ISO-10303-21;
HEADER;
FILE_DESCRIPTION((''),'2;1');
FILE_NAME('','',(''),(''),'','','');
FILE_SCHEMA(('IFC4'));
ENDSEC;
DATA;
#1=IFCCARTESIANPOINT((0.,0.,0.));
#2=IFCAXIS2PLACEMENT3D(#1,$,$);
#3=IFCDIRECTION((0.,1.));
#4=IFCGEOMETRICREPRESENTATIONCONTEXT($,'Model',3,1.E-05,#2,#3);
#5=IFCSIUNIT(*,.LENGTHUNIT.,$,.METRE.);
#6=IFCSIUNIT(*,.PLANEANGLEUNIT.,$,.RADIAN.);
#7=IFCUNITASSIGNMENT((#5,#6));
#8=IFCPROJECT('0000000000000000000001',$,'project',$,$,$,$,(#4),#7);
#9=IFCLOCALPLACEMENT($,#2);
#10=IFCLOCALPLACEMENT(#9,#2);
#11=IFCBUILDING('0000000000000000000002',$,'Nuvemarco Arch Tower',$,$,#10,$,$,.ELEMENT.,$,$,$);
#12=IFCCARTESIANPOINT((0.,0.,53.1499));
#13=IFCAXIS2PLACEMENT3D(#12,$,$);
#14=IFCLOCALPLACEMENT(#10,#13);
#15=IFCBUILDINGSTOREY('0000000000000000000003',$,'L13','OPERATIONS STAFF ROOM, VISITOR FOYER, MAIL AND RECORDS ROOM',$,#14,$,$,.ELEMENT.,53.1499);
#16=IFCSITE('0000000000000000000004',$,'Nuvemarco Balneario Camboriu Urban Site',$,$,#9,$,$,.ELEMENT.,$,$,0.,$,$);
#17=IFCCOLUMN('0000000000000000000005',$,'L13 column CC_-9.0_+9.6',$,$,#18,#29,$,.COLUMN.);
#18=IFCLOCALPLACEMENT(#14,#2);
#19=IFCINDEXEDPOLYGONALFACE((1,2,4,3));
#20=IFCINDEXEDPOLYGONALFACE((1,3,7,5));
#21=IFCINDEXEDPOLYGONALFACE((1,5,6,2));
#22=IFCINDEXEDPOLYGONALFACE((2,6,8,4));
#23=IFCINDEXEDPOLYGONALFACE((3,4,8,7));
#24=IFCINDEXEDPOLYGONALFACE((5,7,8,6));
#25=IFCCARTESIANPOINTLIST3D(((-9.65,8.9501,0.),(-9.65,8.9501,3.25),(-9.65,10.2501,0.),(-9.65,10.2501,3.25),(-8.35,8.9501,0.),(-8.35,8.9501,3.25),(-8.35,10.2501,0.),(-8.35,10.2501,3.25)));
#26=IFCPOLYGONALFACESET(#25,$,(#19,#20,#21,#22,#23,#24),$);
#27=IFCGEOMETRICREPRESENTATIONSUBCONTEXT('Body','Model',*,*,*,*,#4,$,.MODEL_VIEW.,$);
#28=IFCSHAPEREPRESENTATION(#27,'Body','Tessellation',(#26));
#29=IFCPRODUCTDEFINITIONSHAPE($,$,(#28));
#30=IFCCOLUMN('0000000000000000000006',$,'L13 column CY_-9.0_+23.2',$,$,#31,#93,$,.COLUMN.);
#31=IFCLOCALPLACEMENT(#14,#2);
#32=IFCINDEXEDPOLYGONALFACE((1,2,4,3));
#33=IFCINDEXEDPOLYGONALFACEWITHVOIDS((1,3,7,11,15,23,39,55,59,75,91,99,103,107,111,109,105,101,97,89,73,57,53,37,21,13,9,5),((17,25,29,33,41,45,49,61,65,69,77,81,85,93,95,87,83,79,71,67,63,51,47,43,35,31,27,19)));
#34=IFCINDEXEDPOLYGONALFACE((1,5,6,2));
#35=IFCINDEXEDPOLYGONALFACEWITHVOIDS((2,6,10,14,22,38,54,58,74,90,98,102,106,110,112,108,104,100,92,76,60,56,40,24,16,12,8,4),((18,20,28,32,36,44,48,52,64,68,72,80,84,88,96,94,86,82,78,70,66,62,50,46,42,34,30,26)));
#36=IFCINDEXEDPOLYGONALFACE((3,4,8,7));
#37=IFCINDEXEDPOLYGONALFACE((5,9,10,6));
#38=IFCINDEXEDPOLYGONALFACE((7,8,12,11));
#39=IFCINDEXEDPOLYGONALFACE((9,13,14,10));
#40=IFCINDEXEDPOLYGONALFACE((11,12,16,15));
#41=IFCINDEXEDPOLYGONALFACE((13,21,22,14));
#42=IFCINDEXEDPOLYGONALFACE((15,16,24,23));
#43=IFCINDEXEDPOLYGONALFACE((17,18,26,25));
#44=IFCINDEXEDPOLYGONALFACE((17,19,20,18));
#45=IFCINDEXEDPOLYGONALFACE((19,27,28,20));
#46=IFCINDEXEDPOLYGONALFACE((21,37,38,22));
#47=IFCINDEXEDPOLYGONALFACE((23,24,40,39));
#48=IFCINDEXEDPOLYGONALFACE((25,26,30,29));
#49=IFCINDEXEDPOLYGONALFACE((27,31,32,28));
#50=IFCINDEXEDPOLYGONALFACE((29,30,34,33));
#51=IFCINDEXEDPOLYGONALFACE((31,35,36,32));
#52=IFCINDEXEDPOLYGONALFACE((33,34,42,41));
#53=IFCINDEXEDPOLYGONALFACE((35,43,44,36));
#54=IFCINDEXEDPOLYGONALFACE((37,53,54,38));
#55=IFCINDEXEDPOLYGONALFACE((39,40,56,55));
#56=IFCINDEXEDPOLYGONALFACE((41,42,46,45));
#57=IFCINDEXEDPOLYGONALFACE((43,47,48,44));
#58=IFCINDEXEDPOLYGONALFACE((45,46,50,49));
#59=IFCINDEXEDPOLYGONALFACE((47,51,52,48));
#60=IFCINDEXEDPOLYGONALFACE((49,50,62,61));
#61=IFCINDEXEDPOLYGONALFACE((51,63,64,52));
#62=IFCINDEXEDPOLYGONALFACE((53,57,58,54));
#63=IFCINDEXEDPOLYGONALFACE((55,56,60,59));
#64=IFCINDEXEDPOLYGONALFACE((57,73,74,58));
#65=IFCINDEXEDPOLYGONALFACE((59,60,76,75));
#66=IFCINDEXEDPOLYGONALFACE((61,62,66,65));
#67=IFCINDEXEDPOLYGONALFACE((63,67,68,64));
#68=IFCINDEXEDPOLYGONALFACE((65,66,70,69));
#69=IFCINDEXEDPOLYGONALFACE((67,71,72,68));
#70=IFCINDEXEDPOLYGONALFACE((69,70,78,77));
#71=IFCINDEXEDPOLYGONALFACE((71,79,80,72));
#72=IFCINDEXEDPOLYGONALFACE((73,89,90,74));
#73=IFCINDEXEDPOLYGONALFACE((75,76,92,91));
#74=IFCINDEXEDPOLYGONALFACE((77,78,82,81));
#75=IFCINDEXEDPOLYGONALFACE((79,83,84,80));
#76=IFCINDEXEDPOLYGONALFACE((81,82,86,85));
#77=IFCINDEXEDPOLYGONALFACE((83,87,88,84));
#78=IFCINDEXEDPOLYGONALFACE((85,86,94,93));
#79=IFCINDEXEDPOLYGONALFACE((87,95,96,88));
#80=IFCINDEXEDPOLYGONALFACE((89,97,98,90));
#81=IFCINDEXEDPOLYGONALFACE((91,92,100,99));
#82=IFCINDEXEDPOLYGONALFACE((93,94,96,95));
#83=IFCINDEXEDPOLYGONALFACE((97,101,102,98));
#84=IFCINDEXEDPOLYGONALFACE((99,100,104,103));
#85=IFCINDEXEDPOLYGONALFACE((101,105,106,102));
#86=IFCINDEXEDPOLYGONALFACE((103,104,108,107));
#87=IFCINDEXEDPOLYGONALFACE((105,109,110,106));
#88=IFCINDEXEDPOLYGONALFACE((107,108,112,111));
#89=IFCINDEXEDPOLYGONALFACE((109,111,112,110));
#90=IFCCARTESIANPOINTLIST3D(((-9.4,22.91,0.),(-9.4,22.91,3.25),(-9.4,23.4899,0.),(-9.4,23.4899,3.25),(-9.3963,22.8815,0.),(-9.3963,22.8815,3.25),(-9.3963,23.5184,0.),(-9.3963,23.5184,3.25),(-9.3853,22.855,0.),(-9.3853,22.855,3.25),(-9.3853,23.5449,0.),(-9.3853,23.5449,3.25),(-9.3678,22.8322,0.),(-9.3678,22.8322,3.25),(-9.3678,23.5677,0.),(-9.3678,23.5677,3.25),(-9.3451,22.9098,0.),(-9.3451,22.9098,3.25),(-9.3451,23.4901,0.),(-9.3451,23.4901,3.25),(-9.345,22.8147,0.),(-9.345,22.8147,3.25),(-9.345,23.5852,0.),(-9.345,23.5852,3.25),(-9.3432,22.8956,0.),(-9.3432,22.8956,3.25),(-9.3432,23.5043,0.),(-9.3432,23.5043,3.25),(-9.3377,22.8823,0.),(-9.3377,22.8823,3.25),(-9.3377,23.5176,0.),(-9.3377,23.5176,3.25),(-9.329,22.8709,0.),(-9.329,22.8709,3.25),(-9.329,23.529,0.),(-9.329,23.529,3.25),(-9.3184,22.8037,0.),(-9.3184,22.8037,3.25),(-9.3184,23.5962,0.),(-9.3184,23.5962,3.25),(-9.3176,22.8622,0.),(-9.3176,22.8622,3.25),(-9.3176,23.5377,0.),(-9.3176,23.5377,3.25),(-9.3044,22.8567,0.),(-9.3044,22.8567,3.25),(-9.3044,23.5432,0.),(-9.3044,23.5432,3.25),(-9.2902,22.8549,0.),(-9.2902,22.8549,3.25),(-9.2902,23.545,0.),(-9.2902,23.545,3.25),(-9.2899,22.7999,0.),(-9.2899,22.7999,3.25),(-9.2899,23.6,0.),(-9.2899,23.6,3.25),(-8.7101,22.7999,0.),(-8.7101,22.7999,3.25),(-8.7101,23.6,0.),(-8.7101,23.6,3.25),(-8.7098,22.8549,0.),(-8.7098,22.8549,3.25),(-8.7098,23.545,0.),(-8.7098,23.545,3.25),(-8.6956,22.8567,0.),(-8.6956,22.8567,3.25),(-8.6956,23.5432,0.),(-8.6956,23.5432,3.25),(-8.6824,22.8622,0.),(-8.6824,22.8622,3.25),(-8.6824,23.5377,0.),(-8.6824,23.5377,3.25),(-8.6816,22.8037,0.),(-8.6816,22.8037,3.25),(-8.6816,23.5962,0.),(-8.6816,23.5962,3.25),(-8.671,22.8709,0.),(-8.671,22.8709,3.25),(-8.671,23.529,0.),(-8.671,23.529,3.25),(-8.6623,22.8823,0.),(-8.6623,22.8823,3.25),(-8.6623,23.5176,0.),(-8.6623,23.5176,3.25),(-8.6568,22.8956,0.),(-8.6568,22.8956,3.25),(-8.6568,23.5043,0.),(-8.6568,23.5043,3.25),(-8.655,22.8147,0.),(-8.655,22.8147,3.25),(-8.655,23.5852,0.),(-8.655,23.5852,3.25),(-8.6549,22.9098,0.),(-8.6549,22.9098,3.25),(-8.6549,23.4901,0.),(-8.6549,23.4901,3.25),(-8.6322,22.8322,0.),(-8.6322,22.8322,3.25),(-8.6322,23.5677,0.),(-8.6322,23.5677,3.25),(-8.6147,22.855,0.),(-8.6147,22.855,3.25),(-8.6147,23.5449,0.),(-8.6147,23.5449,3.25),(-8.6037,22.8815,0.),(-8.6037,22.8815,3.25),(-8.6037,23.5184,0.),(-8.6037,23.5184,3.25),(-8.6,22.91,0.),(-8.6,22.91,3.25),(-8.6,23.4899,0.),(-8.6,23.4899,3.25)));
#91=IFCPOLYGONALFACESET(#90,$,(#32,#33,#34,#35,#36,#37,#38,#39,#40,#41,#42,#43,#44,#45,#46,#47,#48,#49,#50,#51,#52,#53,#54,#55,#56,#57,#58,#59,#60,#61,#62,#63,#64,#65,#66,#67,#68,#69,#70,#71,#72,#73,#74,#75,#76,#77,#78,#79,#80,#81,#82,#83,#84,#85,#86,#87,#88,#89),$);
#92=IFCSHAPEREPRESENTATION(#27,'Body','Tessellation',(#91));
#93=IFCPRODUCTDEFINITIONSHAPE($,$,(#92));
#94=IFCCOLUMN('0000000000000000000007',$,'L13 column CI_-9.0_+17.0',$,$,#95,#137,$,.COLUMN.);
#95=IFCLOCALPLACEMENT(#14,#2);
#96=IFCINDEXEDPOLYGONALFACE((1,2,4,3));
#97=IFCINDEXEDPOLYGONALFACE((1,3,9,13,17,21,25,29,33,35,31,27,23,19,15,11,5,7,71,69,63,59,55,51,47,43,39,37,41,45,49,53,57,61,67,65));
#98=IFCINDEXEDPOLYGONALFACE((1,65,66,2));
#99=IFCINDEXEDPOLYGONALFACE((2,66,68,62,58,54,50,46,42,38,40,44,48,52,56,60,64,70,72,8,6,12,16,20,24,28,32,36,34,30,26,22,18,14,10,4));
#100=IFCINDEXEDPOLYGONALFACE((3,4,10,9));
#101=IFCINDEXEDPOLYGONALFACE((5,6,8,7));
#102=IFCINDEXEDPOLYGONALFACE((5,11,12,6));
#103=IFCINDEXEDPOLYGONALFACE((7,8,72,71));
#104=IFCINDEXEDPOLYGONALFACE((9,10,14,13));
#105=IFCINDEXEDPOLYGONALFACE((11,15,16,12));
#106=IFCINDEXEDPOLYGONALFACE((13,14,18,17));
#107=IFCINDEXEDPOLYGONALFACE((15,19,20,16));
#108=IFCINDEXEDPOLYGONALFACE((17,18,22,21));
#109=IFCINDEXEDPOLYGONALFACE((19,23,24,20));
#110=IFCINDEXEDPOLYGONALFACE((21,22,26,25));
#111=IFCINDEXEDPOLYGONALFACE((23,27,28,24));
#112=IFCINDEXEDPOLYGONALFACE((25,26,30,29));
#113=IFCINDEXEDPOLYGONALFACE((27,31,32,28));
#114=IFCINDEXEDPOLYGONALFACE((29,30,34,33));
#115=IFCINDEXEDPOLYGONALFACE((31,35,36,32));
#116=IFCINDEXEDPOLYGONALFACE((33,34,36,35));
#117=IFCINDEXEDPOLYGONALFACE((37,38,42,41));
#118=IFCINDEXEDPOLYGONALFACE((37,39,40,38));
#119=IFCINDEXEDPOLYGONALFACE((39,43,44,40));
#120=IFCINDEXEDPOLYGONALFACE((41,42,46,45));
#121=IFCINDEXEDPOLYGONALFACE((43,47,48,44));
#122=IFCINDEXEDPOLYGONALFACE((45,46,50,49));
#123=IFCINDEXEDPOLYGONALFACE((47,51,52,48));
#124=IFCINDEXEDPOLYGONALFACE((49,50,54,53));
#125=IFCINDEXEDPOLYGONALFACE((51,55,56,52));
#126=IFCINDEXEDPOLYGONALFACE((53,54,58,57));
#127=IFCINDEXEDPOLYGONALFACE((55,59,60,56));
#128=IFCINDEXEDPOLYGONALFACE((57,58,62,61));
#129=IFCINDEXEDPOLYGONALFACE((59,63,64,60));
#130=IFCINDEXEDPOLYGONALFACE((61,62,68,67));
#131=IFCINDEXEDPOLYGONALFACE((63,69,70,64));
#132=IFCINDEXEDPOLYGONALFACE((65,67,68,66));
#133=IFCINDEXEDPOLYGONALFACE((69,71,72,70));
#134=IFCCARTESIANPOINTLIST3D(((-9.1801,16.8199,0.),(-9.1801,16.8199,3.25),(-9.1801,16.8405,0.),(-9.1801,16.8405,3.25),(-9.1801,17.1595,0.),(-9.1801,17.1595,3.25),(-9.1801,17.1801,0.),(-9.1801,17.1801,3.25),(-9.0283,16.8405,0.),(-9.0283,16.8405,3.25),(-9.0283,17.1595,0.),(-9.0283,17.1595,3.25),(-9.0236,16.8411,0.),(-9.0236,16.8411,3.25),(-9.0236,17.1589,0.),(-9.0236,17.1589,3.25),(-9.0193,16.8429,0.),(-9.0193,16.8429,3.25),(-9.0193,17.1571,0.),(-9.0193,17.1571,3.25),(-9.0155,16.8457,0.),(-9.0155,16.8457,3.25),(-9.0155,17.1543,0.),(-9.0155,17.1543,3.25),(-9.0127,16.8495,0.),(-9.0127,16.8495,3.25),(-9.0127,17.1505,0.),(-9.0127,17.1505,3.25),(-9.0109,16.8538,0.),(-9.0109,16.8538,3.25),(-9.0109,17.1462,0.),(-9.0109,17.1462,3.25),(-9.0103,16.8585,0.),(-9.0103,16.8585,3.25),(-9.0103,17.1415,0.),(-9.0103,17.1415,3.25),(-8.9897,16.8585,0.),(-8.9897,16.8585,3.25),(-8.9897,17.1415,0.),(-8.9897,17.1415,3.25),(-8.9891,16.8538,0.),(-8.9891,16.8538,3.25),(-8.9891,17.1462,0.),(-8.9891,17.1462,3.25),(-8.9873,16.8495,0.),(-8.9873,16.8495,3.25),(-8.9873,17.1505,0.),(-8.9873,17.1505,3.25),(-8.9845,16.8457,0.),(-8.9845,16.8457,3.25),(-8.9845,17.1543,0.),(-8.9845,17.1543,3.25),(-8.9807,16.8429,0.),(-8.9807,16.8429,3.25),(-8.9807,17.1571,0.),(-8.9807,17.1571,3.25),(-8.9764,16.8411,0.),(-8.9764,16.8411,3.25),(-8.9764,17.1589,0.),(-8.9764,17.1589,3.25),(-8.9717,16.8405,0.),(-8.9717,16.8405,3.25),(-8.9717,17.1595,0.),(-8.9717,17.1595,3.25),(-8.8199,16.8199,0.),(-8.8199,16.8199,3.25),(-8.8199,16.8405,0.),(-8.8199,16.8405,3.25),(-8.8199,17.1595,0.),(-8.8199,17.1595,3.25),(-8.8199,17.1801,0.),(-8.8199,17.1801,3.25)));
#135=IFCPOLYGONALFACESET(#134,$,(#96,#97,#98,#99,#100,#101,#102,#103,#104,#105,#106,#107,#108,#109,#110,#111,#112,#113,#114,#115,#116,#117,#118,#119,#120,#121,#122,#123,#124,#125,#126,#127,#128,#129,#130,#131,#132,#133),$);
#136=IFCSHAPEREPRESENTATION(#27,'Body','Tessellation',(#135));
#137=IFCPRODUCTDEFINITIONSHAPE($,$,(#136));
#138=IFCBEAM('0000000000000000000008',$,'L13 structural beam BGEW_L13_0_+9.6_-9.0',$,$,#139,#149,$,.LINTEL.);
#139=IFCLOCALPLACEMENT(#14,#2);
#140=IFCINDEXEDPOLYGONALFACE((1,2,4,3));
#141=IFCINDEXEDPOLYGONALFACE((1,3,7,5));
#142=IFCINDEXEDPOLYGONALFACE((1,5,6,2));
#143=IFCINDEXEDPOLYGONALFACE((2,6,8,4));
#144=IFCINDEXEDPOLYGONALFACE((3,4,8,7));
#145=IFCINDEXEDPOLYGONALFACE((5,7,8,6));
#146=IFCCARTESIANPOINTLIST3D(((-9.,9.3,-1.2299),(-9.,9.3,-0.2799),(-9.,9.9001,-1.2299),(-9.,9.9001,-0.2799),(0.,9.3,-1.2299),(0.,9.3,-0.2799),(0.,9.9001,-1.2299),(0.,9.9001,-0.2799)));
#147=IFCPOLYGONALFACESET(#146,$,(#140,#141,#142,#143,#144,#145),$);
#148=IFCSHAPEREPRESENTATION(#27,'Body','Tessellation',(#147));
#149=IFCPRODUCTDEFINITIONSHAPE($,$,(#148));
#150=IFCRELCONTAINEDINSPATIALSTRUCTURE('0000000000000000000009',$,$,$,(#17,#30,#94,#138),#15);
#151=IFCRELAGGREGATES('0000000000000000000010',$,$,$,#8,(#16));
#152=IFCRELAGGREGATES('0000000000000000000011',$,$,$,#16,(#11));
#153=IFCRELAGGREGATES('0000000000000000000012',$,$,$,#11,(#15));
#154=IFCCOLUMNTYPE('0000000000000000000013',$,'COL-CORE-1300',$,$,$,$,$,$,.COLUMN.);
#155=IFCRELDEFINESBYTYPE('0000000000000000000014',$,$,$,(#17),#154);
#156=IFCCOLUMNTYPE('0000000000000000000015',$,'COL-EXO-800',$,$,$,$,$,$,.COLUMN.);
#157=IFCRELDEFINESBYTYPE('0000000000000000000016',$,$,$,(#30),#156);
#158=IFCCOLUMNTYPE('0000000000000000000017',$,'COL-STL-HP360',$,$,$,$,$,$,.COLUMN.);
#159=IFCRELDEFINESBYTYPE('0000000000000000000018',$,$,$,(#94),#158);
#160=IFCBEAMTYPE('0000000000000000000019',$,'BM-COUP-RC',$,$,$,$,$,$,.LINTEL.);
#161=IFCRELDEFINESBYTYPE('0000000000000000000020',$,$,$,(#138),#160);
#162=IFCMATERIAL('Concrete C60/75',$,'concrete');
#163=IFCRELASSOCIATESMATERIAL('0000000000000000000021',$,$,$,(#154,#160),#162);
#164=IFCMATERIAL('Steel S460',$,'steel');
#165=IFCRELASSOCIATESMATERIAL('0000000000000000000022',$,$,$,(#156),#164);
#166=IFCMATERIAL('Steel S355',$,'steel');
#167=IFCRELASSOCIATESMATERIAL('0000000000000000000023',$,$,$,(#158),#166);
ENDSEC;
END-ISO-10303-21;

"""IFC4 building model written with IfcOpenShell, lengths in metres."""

from ifc_helpers import new_model, si_unit, direction, frame, origin, origin_2d, place, context, subcontext, project, spatial, rectangle, hollow_rectangle, i_section, extrude, material, material_profile, profile_set, type_object, element, save


model = new_model("IFC4")

# Units and contexts
model_context = context("Model", 3, precision=1e-05, world=origin(), true_north=direction((0.0, 1.0)))
body_context = subcontext(model_context, "Body", "Model", "MODEL_VIEW")
ifc_project = project(units=[si_unit("LENGTHUNIT", "METRE"), si_unit("PLANEANGLEUNIT", "RADIAN")], contexts=[model_context])

# Site, building, storey
site_placement = place(None, origin())
site = spatial("IfcSite", under=ifc_project, at=site_placement, Name="Nuvemarco Balneario Camboriu Urban Site", CompositionType="ELEMENT", RefElevation=0.0)
building_placement = place(site_placement, origin())
building = spatial("IfcBuilding", under=site, at=building_placement, Name="Nuvemarco Arch Tower", CompositionType="ELEMENT")
storey_placement = place(building_placement, frame((0.0, 0.0, 53.1499)))
storey = spatial("IfcBuildingStorey", under=building, at=storey_placement, Name="L13", Description="OPERATIONS STAFF ROOM, VISITOR FOYER, MAIL AND RECORDS ROOM", CompositionType="ELEMENT", Elevation=53.1499)

# Columns
ifc_material_1 = material(Name="Concrete C60/75", Category="concrete")
ifc_material_profile_1 = material_profile(ifc_material_1, rectangle(XDim=1.3, YDim=1.3, at=origin_2d()), Name="RC-COL-1300x1300")
ifc_profile_set_1 = profile_set([ifc_material_profile_1], Name="Concrete C60/75")
column_type_1 = type_object("IfcColumnType", Name="COL-CORE-1300", PredefinedType="COLUMN", material=ifc_profile_set_1)
column_1_placement = place(storey_placement, frame((-9.0, 9.6001, 0.0), z_axis=(0.0, 0.0, 1.0), x_axis=(1.0, 0.0, 0.0)))
element("IfcColumn", 1, at=column_1_placement, inside=storey, type_object=column_type_1, Name="L13 column CC_-9.0_+9.6", PredefinedType="COLUMN", context=body_context, shape_type="SweptSolid", body=[
    extrude(rectangle(XDim=1.3, YDim=1.3, at=origin_2d()), origin(), (0.0, 0.0, 1.0), 3.25),
])
ifc_material_2 = material(Name="Steel S460", Category="steel")
ifc_material_profile_2 = material_profile(ifc_material_2, hollow_rectangle(XDim=0.8, YDim=0.8, WallThickness=0.0549, InnerFilletRadius=0.0549, OuterFilletRadius=0.1101, at=origin_2d()), Name="SHS800x800x55")
ifc_profile_set_2 = profile_set([ifc_material_profile_2], Name="Steel S460")
column_type_2 = type_object("IfcColumnType", Name="COL-EXO-800", PredefinedType="COLUMN", material=ifc_profile_set_2)
column_2_placement = place(storey_placement, frame((-9.0, 23.2, 0.0), z_axis=(0.0, 0.0, 1.0), x_axis=(1.0, 0.0, 0.0)))
element("IfcColumn", 2, at=column_2_placement, inside=storey, type_object=column_type_2, Name="L13 column CY_-9.0_+23.2", PredefinedType="COLUMN", context=body_context, shape_type="SweptSolid", body=[
    extrude(hollow_rectangle(XDim=0.8, YDim=0.8, WallThickness=0.0549, InnerFilletRadius=0.0549, OuterFilletRadius=0.1101, at=origin_2d()), origin(), (0.0, 0.0, 1.0), 3.25),
])
ifc_material_3 = material(Name="Steel S355", Category="steel")
ifc_material_profile_3 = material_profile(ifc_material_3, i_section(OverallWidth=0.3601, OverallDepth=0.3601, WebThickness=0.0205, FlangeThickness=0.0205, FilletRadius=0.0181, at=origin_2d()), Name="HP360x174")
ifc_profile_set_3 = profile_set([ifc_material_profile_3], Name="Steel S355")
column_type_3 = type_object("IfcColumnType", Name="COL-STL-HP360", PredefinedType="COLUMN", material=ifc_profile_set_3)
column_3_placement = place(storey_placement, frame((-9.0, 17.0, 0.0), z_axis=(0.0, 0.0, 1.0), x_axis=(1.0, 0.0, 0.0)))
element("IfcColumn", 3, at=column_3_placement, inside=storey, type_object=column_type_3, Name="L13 column CI_-9.0_+17.0", PredefinedType="COLUMN", context=body_context, shape_type="SweptSolid", body=[
    extrude(i_section(OverallWidth=0.3601, OverallDepth=0.3601, WebThickness=0.0205, FlangeThickness=0.0205, FilletRadius=0.0181, at=origin_2d()), origin(), (0.0, 0.0, 1.0), 3.25),
])

# Beam
ifc_material_profile_4 = material_profile(ifc_material_1, rectangle(XDim=0.6001, YDim=0.95, at=origin_2d()), Name="RC-BM-600x950")
ifc_profile_set_4 = profile_set([ifc_material_profile_4], Name="Concrete C60/75")
beam_type_1 = type_object("IfcBeamType", Name="BM-COUP-RC", PredefinedType="LINTEL", material=ifc_profile_set_4)
beam_1_placement = place(storey_placement, frame((-9.0, 9.6001, -0.7549), z_axis=(1.0, 0.0, 0.0), x_axis=(0.0, 1.0, 0.0)))
element("IfcBeam", 4, at=beam_1_placement, inside=storey, type_object=beam_type_1, Name="L13 structural beam BGEW_L13_0_+9.6_-9.0", PredefinedType="LINTEL", context=body_context, shape_type="SweptSolid", body=[
    extrude(rectangle(XDim=0.6001, YDim=0.95, at=origin_2d()), origin(), (0.0, 0.0, 1.0), 9.0),
])

save(model, "model.ifc")
